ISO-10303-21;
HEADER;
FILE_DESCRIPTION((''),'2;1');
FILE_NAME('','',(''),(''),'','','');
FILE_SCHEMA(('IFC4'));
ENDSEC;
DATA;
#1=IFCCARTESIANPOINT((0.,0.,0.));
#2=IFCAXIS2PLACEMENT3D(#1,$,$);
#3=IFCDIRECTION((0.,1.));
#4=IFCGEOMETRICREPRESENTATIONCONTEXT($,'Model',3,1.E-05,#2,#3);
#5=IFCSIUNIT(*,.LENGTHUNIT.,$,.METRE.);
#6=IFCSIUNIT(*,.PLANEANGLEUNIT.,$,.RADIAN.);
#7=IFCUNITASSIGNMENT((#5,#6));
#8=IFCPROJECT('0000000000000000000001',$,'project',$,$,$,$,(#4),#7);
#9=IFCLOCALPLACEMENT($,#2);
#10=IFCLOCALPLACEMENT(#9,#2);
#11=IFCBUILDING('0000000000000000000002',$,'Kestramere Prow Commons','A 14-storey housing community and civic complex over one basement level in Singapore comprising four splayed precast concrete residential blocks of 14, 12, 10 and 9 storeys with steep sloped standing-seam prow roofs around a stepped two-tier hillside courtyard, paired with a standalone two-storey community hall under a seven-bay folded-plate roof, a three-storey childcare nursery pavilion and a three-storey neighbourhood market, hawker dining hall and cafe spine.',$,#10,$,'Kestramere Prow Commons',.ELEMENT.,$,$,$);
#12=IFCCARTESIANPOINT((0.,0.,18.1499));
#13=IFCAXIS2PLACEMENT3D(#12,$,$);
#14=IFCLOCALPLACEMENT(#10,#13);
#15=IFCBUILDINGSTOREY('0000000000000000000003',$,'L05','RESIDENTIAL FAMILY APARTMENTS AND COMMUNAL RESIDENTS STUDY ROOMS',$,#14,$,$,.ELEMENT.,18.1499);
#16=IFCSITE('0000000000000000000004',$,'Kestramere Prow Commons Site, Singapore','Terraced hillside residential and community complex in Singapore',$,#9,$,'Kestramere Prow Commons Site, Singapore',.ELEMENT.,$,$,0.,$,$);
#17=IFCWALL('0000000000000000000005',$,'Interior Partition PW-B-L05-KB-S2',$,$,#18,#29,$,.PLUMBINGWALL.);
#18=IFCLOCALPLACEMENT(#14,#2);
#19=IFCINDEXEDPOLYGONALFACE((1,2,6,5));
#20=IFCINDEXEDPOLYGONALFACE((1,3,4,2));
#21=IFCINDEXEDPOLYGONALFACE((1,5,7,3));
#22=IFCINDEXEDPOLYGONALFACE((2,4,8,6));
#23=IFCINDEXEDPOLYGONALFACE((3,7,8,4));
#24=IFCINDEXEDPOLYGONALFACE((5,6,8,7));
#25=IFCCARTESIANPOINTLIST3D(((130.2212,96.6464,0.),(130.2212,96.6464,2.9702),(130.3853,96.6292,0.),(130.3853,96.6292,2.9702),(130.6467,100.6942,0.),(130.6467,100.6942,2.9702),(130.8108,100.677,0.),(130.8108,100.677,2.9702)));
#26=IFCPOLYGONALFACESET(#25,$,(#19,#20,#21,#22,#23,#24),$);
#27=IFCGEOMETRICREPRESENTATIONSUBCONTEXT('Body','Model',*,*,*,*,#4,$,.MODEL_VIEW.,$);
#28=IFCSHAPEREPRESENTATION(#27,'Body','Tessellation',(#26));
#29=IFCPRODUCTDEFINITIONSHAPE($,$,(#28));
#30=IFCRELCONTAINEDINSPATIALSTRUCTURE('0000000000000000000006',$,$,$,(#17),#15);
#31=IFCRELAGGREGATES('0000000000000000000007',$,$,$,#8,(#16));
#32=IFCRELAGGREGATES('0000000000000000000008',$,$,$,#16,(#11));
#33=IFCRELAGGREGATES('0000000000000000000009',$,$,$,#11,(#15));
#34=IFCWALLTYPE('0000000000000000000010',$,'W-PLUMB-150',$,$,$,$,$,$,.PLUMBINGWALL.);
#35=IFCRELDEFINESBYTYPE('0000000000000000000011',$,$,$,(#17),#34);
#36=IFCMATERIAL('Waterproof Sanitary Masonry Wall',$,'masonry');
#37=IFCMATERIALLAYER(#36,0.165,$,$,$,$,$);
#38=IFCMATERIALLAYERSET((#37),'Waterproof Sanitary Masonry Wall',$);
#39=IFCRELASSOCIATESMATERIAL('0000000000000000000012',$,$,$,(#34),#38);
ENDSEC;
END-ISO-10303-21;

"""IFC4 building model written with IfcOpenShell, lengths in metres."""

from ifc_helpers import new_model, si_unit, direction, frame, frame_2d, origin, place, context, subcontext, project, spatial, rectangle, extrude, material, layer, layer_set, type_object, element, save


model = new_model("IFC4")

# Units and contexts
model_context = context("Model", 3, precision=1e-05, world=origin(), true_north=direction((0.0, 1.0)))
body_context = subcontext(model_context, "Body", "Model", "MODEL_VIEW")
ifc_project = project(units=[si_unit("LENGTHUNIT", "METRE"), si_unit("PLANEANGLEUNIT", "RADIAN")], contexts=[model_context])

# Site, building, storey
site_placement = place(None, origin())
site = spatial("IfcSite", under=ifc_project, at=site_placement, Name="Kestramere Prow Commons Site, Singapore", Description="Terraced hillside residential and community complex in Singapore", LongName="Kestramere Prow Commons Site, Singapore", CompositionType="ELEMENT", RefElevation=0.0)
building_placement = place(site_placement, origin())
building = spatial("IfcBuilding", under=site, at=building_placement, Name="Kestramere Prow Commons", Description="A 14-storey housing community and civic complex over one basement level in Singapore comprising four splayed precast concrete residential blocks of 14, 12, 10 and 9 storeys with steep sloped standing-seam prow roofs around a stepped two-tier hillside courtyard, paired with a standalone two-storey community hall under a seven-bay folded-plate roof, a three-storey childcare nursery pavilion and a three-storey neighbourhood market, hawker dining hall and cafe spine.", LongName="Kestramere Prow Commons", CompositionType="ELEMENT")
storey_placement = place(building_placement, frame((0.0, 0.0, 18.1499)))
storey = spatial("IfcBuildingStorey", under=building, at=storey_placement, Name="L05", Description="RESIDENTIAL FAMILY APARTMENTS AND COMMUNAL RESIDENTS STUDY ROOMS", CompositionType="ELEMENT", Elevation=18.1499)

# Shared definitions
ifc_material_1 = material(Name="Waterproof Sanitary Masonry Wall", Category="masonry")
ifc_layer_1 = layer(ifc_material_1, 0.165)
ifc_layer_set_1 = layer_set([ifc_layer_1], Name="Waterproof Sanitary Masonry Wall")
wall_type_1 = type_object("IfcWallType", Name="W-PLUMB-150", PredefinedType="PLUMBINGWALL", material=ifc_layer_set_1)

# Wall
wall_1_placement = place(storey_placement, frame((130.3032, 96.6377, 0.0), z_axis=(0.0, 0.0, 1.0), x_axis=(0.104551, 0.99452, 0.0)))
element("IfcWall", 1, at=wall_1_placement, inside=storey, type_object=wall_type_1, Name="Interior Partition PW-B-L05-KB-S2", PredefinedType="PLUMBINGWALL", context=body_context, shape_type="SweptSolid", body=[
    extrude(rectangle(XDim=4.0701, YDim=0.165, at=frame_2d((2.0352, 0.0))), origin(), (0.0, 0.0, 1.0), 2.9702),
])

save(model, "model.ifc")
